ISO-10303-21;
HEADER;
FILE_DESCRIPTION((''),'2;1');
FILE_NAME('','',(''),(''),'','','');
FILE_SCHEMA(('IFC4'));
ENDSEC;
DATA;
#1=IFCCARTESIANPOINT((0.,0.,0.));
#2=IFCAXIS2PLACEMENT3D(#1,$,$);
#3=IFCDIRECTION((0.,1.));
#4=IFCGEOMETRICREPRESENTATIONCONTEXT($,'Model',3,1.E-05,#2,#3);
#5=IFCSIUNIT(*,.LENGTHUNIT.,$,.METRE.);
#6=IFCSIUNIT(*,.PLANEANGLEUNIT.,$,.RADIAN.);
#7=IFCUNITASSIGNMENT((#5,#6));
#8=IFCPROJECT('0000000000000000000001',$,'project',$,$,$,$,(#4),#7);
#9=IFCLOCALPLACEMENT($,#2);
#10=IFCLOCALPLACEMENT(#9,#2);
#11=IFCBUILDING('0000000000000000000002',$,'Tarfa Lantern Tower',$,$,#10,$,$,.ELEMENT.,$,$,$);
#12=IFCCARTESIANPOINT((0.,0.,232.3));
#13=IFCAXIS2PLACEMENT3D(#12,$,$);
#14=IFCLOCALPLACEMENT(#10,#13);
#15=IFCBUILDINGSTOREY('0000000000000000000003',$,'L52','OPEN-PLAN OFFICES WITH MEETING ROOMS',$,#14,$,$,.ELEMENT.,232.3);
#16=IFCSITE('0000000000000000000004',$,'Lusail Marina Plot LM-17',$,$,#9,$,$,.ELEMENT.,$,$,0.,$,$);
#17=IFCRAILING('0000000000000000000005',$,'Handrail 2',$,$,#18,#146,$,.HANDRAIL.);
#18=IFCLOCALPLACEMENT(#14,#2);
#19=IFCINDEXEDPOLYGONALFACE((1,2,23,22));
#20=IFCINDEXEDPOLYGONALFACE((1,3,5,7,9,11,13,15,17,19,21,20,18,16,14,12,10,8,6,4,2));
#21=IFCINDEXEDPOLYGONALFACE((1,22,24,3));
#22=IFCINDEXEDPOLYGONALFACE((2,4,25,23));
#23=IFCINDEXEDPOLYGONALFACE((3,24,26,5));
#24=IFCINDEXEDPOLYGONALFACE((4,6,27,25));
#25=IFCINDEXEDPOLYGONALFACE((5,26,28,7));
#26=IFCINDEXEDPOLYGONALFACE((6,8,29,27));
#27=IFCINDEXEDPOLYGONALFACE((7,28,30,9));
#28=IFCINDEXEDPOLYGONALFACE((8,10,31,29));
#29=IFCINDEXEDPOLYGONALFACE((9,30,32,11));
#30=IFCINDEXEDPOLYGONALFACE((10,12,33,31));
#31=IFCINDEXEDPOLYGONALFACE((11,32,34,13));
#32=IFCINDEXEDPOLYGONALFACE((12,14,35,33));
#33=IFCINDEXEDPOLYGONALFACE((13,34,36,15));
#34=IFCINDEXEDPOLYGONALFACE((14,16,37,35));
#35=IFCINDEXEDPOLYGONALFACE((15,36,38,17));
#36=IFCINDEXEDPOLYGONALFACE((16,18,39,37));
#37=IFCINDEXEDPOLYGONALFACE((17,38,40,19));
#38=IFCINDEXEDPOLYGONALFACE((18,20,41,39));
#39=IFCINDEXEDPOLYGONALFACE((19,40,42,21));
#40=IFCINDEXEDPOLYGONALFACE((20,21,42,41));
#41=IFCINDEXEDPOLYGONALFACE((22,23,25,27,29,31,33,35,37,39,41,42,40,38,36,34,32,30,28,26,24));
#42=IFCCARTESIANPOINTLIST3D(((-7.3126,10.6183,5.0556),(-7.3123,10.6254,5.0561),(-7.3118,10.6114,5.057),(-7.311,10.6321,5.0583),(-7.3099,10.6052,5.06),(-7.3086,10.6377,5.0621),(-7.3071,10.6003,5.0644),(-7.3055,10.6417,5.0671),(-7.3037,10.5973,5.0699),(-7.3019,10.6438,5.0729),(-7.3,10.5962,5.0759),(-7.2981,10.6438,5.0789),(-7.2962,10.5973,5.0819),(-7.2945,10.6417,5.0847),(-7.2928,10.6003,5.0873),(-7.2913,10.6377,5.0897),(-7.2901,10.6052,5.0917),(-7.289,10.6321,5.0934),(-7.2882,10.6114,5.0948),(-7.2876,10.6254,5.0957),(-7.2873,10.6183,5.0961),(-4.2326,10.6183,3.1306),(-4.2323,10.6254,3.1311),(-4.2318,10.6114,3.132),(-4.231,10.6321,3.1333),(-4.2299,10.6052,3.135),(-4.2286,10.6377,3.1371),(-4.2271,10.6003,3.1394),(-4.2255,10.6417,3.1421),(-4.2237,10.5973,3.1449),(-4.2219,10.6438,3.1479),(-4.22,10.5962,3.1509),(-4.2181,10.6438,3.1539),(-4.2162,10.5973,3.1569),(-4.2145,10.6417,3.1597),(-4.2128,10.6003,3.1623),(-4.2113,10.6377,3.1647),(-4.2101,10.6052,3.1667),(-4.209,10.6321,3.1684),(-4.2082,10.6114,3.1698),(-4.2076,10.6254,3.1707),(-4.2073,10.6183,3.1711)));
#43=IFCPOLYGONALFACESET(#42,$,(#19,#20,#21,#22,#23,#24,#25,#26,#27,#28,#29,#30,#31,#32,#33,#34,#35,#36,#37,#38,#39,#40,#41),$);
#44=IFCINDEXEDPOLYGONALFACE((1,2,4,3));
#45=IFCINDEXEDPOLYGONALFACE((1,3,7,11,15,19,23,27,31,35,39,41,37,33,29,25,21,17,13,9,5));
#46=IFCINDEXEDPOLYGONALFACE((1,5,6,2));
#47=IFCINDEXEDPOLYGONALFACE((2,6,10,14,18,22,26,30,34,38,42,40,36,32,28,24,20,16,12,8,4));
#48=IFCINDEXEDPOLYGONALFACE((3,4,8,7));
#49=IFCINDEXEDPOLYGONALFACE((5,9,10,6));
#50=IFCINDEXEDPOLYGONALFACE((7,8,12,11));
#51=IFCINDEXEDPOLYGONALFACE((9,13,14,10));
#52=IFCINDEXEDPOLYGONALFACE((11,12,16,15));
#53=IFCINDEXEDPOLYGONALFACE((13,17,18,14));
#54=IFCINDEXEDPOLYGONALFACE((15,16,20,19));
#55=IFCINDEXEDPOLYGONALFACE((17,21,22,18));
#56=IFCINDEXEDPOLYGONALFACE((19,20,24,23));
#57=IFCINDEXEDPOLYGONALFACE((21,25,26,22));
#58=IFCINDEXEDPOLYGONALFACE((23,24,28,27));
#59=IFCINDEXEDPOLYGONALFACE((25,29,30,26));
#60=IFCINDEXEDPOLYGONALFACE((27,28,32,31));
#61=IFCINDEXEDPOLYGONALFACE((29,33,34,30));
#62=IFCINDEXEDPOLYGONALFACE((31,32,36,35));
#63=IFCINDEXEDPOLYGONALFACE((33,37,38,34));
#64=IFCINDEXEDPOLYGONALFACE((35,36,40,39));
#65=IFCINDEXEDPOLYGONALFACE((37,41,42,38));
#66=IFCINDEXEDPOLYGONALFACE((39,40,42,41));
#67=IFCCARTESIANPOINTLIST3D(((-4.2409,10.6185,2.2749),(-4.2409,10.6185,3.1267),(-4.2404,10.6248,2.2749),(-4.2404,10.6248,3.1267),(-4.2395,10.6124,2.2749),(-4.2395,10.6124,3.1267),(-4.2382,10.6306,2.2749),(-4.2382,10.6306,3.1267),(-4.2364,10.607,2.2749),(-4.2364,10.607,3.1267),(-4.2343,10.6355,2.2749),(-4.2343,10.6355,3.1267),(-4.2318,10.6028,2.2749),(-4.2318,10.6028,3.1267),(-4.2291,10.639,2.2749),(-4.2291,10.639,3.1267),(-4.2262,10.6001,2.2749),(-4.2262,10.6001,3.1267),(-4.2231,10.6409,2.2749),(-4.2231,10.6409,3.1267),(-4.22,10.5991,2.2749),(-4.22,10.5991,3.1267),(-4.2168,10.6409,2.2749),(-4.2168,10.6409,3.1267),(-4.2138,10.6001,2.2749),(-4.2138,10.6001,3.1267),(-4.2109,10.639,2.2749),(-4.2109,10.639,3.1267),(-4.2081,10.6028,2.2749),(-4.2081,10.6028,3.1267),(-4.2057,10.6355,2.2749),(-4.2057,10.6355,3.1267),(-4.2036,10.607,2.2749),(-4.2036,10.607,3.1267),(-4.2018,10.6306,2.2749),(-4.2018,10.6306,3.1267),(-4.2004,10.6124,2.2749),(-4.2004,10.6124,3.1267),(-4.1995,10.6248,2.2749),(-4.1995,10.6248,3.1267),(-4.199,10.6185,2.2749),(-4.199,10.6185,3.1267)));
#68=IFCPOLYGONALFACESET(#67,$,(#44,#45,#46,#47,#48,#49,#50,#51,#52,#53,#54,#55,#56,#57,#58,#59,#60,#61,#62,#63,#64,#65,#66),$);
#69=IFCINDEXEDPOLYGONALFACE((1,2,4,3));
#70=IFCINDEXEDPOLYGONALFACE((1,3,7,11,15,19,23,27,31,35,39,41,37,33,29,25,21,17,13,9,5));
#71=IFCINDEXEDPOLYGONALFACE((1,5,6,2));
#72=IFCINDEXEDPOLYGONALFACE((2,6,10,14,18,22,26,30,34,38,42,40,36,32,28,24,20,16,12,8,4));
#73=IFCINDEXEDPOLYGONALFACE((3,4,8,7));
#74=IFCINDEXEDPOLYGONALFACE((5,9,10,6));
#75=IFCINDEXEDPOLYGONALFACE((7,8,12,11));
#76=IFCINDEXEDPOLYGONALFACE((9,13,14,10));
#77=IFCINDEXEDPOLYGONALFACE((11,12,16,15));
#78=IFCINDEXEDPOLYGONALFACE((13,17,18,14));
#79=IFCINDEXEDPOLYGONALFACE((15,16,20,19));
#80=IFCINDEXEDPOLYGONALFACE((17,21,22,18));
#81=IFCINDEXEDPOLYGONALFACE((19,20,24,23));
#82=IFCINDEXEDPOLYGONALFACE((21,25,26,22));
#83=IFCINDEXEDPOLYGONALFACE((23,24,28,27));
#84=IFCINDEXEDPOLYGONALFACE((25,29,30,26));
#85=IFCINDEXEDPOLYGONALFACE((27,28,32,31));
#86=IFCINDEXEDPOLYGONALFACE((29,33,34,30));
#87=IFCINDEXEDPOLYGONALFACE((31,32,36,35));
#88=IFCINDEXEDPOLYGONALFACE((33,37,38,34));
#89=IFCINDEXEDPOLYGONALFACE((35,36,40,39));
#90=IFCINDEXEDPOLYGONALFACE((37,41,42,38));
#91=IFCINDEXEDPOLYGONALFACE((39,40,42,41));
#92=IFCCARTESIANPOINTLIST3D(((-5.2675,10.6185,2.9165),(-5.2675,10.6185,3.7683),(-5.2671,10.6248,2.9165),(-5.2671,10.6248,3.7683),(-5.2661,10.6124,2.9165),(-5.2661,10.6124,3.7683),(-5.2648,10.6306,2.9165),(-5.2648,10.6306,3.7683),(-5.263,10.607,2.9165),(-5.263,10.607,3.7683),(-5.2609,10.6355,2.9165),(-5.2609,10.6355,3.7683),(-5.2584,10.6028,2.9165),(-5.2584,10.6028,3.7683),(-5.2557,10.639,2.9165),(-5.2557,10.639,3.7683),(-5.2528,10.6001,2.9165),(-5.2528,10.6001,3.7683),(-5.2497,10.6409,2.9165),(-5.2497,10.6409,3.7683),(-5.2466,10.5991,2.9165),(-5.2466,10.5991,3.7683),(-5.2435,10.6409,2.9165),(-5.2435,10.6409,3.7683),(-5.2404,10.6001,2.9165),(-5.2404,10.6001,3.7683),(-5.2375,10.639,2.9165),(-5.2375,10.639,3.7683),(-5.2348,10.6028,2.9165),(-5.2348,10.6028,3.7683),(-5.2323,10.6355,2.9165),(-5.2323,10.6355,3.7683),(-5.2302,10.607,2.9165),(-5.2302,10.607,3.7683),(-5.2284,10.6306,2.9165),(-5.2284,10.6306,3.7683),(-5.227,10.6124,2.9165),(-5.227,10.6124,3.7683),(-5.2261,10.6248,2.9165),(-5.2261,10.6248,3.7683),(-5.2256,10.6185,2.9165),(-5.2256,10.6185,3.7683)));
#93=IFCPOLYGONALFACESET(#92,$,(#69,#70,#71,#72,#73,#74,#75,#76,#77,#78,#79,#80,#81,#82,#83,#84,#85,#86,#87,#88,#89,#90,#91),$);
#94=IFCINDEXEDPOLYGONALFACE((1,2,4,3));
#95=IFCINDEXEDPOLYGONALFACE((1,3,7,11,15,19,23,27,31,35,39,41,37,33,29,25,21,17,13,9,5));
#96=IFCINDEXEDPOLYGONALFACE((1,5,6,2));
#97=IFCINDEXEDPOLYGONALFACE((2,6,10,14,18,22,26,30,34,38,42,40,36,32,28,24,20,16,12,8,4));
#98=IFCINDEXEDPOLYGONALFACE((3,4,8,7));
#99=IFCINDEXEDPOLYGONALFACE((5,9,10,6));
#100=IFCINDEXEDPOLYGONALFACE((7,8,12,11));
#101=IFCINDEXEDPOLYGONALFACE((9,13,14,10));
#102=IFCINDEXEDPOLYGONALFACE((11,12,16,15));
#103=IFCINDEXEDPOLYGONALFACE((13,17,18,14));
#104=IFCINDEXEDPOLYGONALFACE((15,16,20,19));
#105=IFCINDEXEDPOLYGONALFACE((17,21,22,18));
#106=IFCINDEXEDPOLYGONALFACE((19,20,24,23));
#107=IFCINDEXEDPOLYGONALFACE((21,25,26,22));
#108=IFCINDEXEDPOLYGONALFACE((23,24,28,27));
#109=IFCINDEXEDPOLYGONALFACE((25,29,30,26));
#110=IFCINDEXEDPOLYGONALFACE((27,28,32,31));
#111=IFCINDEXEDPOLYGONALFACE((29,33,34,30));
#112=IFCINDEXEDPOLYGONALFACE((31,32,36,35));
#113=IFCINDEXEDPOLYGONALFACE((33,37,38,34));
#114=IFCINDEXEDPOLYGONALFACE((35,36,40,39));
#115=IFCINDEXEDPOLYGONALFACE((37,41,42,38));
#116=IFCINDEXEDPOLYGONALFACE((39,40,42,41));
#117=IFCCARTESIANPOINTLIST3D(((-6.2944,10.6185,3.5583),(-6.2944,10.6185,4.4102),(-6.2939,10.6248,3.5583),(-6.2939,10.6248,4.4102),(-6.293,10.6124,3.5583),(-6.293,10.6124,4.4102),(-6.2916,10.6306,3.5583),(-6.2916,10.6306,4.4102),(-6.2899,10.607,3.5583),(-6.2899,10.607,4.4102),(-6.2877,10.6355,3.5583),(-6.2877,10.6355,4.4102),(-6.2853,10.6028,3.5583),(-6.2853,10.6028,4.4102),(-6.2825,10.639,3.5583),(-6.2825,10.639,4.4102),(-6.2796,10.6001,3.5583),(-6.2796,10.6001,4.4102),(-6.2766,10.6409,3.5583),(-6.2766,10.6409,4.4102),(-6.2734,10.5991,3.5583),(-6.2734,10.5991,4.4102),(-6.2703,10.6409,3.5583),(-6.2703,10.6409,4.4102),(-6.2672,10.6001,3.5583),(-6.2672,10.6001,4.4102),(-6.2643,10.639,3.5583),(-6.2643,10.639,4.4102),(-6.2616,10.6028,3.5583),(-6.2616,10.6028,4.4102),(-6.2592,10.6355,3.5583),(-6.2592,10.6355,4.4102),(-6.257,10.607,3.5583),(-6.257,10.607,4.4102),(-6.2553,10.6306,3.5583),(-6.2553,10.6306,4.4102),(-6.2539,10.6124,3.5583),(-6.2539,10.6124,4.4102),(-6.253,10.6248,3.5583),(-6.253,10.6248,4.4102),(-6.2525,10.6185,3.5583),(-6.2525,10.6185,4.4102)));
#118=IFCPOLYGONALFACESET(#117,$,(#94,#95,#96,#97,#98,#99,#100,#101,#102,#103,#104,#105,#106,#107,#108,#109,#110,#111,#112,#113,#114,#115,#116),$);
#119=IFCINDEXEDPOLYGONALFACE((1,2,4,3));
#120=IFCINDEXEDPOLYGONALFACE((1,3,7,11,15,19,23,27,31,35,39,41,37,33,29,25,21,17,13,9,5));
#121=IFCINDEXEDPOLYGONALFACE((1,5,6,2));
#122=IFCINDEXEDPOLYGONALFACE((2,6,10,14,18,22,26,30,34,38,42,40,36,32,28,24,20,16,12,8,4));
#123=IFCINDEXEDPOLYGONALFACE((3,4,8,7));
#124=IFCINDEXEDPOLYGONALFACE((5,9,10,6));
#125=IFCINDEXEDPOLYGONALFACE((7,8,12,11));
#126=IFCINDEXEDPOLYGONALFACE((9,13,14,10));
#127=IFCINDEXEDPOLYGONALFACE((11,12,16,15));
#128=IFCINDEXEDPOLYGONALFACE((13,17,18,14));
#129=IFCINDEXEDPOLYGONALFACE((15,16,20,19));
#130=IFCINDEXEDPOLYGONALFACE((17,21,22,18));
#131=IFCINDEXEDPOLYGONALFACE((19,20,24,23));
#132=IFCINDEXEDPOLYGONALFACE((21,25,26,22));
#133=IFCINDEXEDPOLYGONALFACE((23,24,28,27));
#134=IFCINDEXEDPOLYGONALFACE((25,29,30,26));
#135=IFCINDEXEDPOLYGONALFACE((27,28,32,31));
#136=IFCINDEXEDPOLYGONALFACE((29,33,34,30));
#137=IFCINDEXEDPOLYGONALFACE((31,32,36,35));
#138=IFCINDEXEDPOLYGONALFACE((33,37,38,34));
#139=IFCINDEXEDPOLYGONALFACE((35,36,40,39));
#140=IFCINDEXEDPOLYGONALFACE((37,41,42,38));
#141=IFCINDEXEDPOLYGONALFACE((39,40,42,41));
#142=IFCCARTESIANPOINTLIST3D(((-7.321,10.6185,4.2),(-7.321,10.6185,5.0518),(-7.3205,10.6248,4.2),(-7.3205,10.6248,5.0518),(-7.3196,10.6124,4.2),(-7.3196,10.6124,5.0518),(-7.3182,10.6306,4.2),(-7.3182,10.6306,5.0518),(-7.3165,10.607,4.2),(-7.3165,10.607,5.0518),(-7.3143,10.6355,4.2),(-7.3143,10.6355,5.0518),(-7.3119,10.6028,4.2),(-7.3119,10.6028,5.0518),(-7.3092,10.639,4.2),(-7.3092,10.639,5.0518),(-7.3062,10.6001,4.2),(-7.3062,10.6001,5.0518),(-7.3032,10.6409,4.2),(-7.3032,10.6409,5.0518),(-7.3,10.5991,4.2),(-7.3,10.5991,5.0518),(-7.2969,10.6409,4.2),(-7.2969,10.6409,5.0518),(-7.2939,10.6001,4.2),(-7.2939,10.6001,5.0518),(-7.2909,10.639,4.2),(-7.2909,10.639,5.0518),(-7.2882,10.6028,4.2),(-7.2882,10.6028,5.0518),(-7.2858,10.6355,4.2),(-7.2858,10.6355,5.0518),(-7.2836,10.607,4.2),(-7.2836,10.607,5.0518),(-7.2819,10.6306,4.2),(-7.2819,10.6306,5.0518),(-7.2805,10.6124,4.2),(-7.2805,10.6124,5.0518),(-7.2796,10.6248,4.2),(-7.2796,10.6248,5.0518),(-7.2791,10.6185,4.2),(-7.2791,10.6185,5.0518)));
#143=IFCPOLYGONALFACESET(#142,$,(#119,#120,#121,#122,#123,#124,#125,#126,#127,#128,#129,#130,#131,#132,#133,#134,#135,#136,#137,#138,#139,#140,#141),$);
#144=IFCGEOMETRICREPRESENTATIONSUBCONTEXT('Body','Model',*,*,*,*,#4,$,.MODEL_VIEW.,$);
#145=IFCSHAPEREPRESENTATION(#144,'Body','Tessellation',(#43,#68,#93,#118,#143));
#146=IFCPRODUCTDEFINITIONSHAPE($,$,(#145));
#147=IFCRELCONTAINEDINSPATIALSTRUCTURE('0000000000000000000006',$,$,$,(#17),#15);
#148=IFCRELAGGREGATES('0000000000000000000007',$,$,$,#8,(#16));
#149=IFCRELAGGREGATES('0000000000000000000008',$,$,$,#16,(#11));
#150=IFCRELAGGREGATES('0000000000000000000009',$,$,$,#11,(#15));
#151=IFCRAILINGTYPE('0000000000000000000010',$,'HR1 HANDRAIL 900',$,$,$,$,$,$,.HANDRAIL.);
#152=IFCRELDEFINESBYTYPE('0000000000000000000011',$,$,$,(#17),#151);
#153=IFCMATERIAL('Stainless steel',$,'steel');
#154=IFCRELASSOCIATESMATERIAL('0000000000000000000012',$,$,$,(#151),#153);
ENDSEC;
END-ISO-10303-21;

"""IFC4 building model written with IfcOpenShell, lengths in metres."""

from ifc_helpers import new_model, si_unit, direction, frame, origin, origin_2d, place, context, subcontext, project, spatial, circle, extrude, material, type_object, element, save


model = new_model("IFC4")

# Units and contexts
model_context = context("Model", 3, precision=1e-05, world=origin(), true_north=direction((0.0, 1.0)))
body_context = subcontext(model_context, "Body", "Model", "MODEL_VIEW")
ifc_project = project(units=[si_unit("LENGTHUNIT", "METRE"), si_unit("PLANEANGLEUNIT", "RADIAN")], contexts=[model_context])

# Site, building, storey
site_placement = place(None, origin())
site = spatial("IfcSite", under=ifc_project, at=site_placement, Name="Lusail Marina Plot LM-17", CompositionType="ELEMENT", RefElevation=0.0)
building_placement = place(site_placement, origin())
building = spatial("IfcBuilding", under=site, at=building_placement, Name="Tarfa Lantern Tower", CompositionType="ELEMENT")
storey_placement = place(building_placement, frame((0.0, 0.0, 232.3)))
storey = spatial("IfcBuildingStorey", under=building, at=storey_placement, Name="L52", Description="OPEN-PLAN OFFICES WITH MEETING ROOMS", CompositionType="ELEMENT", Elevation=232.3)

# Railing
ifc_material_1 = material(Name="Stainless steel", Category="steel")
railing_type = type_object("IfcRailingType", Name="HR1 HANDRAIL 900", PredefinedType="HANDRAIL", material=ifc_material_1)
railing_1_placement = place(storey_placement, frame((-4.22, 10.6201, 2.2749)))
element("IfcRailing", 1, at=railing_1_placement, inside=storey, type_object=railing_type, Name="Handrail 2", PredefinedType="HANDRAIL", context=body_context, shape_type="SweptSolid", body=[
    extrude(circle(Radius=0.0239, at=origin_2d()), frame((0.0, 0.0, 0.876), z_axis=(-0.847998, 0.0, 0.529999), x_axis=(0.0, -1.0, 0.0)), (0.0, 0.0, 1.0), 3.6321),
    extrude(circle(Radius=0.021, at=origin_2d()), frame((0.0, 0.0, 0.0), z_axis=(0.0, 0.0, 1.0), x_axis=(0.0, -1.0, 0.0)), (0.0, 0.0, 1.0), 0.8518),
    extrude(circle(Radius=0.021, at=origin_2d()), frame((-1.0266, 0.0, 0.6416), z_axis=(0.0, 0.0, 1.0), x_axis=(0.0, -1.0, 0.0)), (0.0, 0.0, 1.0), 0.8518),
    extrude(circle(Radius=0.021, at=origin_2d()), frame((-2.0535, 0.0, 1.2834), z_axis=(0.0, 0.0, 1.0), x_axis=(0.0, -1.0, 0.0)), (0.0, 0.0, 1.0), 0.8518),
    extrude(circle(Radius=0.021, at=origin_2d()), frame((-3.0801, 0.0, 1.925), z_axis=(0.0, 0.0, 1.0), x_axis=(0.0, -1.0, 0.0)), (0.0, 0.0, 1.0), 0.8518),
])

save(model, "model.ifc")
